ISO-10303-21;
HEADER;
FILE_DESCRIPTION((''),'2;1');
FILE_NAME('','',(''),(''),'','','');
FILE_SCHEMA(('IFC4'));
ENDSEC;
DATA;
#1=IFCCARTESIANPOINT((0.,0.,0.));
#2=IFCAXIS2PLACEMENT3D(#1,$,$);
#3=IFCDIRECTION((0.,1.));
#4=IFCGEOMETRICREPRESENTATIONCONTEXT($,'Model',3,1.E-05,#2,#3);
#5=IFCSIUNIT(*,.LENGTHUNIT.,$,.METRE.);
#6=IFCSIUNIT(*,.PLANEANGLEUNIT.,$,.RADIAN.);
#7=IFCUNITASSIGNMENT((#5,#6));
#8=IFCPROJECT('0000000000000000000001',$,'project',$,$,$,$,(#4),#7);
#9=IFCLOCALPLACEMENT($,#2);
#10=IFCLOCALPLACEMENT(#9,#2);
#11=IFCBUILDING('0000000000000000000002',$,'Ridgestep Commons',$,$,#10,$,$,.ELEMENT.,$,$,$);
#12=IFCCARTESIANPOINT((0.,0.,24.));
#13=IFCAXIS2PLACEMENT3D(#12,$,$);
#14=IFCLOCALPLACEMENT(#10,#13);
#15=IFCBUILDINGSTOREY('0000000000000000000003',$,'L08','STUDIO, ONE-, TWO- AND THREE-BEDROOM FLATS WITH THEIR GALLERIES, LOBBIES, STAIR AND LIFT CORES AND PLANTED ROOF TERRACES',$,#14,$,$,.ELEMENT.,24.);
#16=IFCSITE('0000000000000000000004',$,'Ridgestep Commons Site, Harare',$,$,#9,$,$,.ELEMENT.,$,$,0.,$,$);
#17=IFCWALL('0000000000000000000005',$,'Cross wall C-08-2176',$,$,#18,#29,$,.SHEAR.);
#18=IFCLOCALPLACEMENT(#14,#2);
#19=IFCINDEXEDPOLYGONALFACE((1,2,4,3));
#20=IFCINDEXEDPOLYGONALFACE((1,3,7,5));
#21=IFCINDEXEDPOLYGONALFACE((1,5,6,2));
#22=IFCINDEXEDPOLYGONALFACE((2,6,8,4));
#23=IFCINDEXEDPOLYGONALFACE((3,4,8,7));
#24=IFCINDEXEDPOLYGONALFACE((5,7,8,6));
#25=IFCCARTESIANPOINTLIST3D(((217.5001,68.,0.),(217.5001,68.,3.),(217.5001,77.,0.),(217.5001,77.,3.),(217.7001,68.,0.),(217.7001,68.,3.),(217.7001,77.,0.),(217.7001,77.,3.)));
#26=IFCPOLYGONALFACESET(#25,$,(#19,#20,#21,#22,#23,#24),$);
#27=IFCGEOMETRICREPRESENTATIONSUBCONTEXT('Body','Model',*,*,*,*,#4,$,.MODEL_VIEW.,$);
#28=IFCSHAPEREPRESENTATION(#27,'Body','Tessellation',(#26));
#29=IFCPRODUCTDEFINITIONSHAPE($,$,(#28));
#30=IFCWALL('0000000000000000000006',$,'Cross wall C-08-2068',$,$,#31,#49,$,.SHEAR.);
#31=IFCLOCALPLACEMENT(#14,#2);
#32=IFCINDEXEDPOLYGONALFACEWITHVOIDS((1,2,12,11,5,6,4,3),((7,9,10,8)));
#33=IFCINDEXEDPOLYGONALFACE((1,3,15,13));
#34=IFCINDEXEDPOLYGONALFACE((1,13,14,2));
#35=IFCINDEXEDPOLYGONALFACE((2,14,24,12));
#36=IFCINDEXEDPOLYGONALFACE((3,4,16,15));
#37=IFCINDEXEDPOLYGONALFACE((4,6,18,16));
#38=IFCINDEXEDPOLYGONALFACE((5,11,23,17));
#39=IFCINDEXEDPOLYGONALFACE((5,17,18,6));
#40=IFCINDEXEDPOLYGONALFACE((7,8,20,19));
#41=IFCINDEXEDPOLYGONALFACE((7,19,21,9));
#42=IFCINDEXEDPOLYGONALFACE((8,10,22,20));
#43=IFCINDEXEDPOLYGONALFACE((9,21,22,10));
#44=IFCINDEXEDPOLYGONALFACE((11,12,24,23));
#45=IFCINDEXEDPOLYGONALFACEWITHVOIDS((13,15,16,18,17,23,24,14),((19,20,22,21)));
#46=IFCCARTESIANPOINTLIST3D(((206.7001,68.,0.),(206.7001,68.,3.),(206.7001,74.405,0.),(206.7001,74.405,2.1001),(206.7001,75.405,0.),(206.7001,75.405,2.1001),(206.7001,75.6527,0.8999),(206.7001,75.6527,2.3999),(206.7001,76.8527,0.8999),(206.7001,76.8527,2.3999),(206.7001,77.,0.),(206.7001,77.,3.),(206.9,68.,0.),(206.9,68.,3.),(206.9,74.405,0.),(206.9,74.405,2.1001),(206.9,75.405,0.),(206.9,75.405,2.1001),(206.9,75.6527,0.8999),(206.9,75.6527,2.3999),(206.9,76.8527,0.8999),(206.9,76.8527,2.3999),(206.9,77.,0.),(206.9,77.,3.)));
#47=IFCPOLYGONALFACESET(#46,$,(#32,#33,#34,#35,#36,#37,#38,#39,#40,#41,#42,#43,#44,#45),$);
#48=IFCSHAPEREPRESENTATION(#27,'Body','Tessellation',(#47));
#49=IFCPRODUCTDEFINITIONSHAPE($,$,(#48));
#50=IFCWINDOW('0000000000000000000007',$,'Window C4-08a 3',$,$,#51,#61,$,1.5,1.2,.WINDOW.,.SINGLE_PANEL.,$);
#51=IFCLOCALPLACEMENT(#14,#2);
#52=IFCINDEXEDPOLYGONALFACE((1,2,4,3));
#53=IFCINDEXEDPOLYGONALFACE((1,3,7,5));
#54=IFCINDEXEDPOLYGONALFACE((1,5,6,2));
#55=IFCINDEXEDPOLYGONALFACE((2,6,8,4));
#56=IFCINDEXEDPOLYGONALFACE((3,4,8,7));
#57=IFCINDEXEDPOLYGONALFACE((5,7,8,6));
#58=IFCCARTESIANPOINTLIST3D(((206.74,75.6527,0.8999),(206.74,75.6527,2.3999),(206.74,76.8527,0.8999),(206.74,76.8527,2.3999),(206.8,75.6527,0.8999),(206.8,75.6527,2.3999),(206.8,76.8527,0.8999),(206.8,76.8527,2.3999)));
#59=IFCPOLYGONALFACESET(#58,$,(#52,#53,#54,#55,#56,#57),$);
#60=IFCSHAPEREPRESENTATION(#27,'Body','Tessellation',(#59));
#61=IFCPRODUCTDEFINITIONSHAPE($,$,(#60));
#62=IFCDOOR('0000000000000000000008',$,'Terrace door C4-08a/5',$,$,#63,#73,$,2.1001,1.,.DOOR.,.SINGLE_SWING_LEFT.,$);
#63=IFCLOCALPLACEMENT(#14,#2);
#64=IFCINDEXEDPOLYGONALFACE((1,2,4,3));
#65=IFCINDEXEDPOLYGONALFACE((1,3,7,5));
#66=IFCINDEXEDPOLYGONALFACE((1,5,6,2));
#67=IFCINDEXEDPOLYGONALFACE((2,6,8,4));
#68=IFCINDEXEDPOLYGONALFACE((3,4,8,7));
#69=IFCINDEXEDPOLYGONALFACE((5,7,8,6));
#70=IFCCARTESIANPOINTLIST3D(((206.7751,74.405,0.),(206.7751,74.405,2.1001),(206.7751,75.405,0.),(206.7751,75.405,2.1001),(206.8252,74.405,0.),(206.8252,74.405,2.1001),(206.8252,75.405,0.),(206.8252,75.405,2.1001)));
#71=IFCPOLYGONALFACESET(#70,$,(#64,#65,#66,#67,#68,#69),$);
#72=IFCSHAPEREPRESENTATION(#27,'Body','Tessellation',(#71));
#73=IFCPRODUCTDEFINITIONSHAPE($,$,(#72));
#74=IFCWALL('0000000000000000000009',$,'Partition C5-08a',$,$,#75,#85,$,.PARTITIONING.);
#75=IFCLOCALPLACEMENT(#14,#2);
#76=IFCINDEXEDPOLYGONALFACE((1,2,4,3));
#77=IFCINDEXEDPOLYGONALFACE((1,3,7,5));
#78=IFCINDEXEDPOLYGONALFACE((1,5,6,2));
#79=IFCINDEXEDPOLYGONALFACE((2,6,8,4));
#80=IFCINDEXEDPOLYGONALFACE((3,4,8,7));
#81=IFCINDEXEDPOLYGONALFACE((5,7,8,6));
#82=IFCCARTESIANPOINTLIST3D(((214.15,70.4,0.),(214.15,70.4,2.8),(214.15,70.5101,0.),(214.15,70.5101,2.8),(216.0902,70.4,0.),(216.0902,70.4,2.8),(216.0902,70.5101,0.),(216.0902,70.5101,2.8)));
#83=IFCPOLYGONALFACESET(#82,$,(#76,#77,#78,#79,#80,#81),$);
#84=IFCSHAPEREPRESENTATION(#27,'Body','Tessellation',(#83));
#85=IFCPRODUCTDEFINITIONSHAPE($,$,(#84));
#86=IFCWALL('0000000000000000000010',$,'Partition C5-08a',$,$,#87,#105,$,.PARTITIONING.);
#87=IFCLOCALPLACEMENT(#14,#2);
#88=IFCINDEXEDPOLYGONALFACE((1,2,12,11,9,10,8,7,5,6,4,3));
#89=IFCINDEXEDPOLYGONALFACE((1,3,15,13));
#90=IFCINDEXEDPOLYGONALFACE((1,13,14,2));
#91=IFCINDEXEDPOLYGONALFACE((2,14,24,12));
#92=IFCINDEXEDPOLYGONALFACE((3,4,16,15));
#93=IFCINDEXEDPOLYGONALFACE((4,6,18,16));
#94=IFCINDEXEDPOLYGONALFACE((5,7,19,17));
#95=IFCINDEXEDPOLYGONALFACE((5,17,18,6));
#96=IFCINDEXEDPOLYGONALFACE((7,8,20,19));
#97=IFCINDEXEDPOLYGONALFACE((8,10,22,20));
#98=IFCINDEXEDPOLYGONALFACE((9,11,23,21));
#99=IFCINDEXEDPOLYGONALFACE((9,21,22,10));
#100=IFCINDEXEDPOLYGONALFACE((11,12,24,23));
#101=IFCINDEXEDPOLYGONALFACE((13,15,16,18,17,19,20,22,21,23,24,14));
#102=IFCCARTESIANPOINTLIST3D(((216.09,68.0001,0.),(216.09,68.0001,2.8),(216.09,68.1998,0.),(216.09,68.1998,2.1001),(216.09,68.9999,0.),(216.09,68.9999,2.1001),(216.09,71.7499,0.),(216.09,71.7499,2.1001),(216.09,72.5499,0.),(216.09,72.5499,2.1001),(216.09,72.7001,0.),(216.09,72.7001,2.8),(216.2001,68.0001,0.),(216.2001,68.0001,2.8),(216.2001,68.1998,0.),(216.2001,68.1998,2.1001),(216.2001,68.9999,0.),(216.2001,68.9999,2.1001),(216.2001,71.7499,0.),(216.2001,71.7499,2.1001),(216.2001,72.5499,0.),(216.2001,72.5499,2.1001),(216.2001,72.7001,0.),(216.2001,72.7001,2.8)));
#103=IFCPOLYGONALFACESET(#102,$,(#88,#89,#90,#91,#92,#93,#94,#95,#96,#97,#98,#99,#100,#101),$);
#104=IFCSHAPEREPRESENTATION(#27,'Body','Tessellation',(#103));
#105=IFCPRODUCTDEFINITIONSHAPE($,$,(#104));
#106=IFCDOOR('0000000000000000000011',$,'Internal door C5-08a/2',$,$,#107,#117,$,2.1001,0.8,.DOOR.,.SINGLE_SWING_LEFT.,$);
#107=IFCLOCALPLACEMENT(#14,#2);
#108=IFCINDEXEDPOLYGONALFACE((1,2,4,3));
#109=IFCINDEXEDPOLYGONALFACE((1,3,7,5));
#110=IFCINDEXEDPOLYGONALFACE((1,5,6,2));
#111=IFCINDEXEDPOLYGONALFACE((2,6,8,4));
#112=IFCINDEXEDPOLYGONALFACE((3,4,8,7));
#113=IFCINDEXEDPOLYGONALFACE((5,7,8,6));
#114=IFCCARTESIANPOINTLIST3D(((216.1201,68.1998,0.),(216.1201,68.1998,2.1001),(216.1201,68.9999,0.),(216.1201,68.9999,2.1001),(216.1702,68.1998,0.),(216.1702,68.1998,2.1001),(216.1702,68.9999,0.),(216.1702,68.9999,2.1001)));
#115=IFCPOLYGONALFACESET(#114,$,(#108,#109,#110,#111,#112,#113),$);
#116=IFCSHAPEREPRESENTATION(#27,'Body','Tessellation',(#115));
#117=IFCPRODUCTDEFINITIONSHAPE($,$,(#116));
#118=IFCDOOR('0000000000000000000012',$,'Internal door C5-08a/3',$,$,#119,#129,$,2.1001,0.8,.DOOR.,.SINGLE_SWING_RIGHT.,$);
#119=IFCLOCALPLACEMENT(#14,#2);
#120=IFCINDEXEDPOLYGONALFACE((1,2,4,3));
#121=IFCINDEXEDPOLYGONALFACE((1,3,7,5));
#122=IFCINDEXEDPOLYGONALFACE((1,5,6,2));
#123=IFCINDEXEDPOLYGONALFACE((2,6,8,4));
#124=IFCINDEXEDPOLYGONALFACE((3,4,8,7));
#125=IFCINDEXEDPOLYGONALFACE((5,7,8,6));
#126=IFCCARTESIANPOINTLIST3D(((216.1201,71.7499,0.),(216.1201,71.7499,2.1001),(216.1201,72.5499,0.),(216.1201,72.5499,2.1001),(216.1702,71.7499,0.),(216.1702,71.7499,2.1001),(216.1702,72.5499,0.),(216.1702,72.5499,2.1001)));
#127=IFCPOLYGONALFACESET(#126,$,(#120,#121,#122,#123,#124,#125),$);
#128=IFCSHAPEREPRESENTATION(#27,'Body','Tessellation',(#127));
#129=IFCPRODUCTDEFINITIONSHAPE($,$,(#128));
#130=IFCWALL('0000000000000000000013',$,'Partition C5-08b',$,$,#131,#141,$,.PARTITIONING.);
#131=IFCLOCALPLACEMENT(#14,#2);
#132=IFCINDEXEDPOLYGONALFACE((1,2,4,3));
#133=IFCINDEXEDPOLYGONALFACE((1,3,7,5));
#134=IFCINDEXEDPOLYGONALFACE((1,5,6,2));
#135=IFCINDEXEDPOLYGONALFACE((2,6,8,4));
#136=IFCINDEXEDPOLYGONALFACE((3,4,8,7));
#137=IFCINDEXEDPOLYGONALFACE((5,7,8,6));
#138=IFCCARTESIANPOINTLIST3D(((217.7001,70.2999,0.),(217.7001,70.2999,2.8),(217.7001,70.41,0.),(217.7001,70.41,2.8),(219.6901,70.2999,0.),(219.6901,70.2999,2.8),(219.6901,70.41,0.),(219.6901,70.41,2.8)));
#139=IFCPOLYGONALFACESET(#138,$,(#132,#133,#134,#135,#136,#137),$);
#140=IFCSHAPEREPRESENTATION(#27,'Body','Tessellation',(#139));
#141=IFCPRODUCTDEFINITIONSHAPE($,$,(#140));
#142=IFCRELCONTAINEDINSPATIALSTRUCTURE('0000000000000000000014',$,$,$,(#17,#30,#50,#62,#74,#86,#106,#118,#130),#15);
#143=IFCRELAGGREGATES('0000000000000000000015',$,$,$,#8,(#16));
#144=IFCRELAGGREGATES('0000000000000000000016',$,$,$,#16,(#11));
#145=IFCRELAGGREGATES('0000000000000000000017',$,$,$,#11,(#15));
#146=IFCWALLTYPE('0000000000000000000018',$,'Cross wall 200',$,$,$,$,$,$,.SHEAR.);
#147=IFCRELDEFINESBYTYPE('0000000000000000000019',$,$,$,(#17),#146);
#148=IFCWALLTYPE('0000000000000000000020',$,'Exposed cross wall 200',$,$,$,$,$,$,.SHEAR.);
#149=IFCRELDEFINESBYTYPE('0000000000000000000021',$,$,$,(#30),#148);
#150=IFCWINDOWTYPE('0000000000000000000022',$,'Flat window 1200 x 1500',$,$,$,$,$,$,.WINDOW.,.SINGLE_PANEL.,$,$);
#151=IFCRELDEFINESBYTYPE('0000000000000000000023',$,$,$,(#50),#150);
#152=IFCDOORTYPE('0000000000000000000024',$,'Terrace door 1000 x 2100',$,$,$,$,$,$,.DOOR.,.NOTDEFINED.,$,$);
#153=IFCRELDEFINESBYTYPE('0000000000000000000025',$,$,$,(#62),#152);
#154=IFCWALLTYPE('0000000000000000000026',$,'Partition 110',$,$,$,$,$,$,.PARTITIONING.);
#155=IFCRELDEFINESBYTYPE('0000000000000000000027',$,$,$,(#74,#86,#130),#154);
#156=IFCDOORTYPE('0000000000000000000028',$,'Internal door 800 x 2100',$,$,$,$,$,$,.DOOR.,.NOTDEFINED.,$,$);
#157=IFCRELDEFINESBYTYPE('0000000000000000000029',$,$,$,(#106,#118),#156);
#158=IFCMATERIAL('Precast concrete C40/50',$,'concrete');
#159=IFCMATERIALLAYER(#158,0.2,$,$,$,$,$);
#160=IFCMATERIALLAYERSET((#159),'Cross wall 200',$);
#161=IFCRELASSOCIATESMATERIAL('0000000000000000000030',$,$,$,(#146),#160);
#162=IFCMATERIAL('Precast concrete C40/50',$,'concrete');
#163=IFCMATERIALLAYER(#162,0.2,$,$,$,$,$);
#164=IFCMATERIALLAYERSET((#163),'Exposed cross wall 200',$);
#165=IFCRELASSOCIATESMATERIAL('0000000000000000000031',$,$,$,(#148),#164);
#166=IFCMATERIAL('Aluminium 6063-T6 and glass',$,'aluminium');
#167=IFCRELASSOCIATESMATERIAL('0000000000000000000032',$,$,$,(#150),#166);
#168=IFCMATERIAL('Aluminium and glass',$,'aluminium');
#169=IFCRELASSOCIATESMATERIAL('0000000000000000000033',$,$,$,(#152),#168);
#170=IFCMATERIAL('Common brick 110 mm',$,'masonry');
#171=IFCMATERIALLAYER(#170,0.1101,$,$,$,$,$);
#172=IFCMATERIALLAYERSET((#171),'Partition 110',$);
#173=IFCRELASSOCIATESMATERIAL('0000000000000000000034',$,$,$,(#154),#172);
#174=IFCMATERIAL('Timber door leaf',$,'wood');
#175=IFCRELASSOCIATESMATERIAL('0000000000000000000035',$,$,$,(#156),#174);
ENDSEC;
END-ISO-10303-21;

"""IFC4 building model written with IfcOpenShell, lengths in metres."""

from ifc_helpers import new_model, si_unit, direction, frame, frame_2d, origin, place, context, subcontext, project, spatial, rectangle, extrude, material, layer, layer_set, type_object, element, fill, save


model = new_model("IFC4")

# Units and contexts
model_context = context("Model", 3, precision=1e-05, world=origin(), true_north=direction((0.0, 1.0)))
body_context = subcontext(model_context, "Body", "Model", "MODEL_VIEW")
ifc_project = project(units=[si_unit("LENGTHUNIT", "METRE"), si_unit("PLANEANGLEUNIT", "RADIAN")], contexts=[model_context])

# Site, building, storey
site_placement = place(None, origin())
site = spatial("IfcSite", under=ifc_project, at=site_placement, Name="Ridgestep Commons Site, Harare", CompositionType="ELEMENT", RefElevation=0.0)
building_placement = place(site_placement, origin())
building = spatial("IfcBuilding", under=site, at=building_placement, Name="Ridgestep Commons", CompositionType="ELEMENT")
storey_placement = place(building_placement, frame((0.0, 0.0, 24.0)))
storey = spatial("IfcBuildingStorey", under=building, at=storey_placement, Name="L08", Description="STUDIO, ONE-, TWO- AND THREE-BEDROOM FLATS WITH THEIR GALLERIES, LOBBIES, STAIR AND LIFT CORES AND PLANTED ROOF TERRACES", CompositionType="ELEMENT", Elevation=24.0)

# Wall
ifc_material_1 = material(Name="Precast concrete C40/50", Category="concrete")
ifc_layer_1 = layer(ifc_material_1, 0.2)
ifc_layer_set_1 = layer_set([ifc_layer_1], Name="Cross wall 200")
wall_type_1 = type_object("IfcWallType", Name="Cross wall 200", PredefinedType="SHEAR", material=ifc_layer_set_1)
wall_1_placement = place(storey_placement, frame((217.6001, 68.0, 0.0), z_axis=(0.0, 0.0, 1.0), x_axis=(0.0, 1.0, 0.0)))
element("IfcWall", 1, at=wall_1_placement, inside=storey, type_object=wall_type_1, Name="Cross wall C-08-2176", PredefinedType="SHEAR", context=body_context, shape_type="SweptSolid", body=[
    extrude(rectangle(XDim=9.0, YDim=0.2, at=frame_2d((4.5, 0.0))), origin(), (0.0, 0.0, 1.0), 3.0),
])

# Wall, openings, window, door
ifc_material_2 = material(Name="Precast concrete C40/50", Category="concrete")
ifc_layer_2 = layer(ifc_material_2, 0.2)
ifc_layer_set_2 = layer_set([ifc_layer_2], Name="Exposed cross wall 200")
wall_type_2 = type_object("IfcWallType", Name="Exposed cross wall 200", PredefinedType="SHEAR", material=ifc_layer_set_2)
wall_2_placement = place(storey_placement, frame((206.8, 68.0, 0.0), z_axis=(0.0, 0.0, 1.0), x_axis=(0.0, 1.0, 0.0)))
wall_2 = element("IfcWall", 2, at=wall_2_placement, inside=storey, type_object=wall_type_2, Name="Cross wall C-08-2068", PredefinedType="SHEAR", context=body_context, shape_type="SweptSolid", body=[
    extrude(rectangle(XDim=9.0, YDim=0.2, at=frame_2d((4.5, 0.0))), origin(), (0.0, 0.0, 1.0), 3.0),
])
opening_1_placement = place(wall_2_placement, frame((7.6526, 0.0, 0.8999)))
opening_1 = element("IfcOpeningElement", 3, at=opening_1_placement, cuts=wall_2, PredefinedType="OPENING", context=body_context, shape_type="SweptSolid", body=[
    extrude(rectangle(XDim=1.2, YDim=1.5, at=frame_2d((0.6001, 0.75))), frame((0.0, 0.1099, 0.0), z_axis=(0.0, -1.0, 0.0), x_axis=(1.0, 0.0, 0.0)), (0.0, 0.0, 1.0), 0.22),
])
opening_2_placement = place(wall_2_placement, frame((6.405, 0.0, 0.0)))
opening_2 = element("IfcOpeningElement", 4, at=opening_2_placement, cuts=wall_2, PredefinedType="OPENING", context=body_context, shape_type="SweptSolid", body=[
    extrude(rectangle(XDim=1.0, YDim=2.1001, at=frame_2d((0.5, 1.05))), frame((0.0, 0.1099, 0.0), z_axis=(0.0, -1.0, 0.0), x_axis=(1.0, 0.0, 0.0)), (0.0, 0.0, 1.0), 0.22),
])
ifc_material_3 = material(Name="Aluminium 6063-T6 and glass", Category="aluminium")
window_type_1 = type_object("IfcWindowType", Name="Flat window 1200 x 1500", PartitioningType="SINGLE_PANEL", PredefinedType="WINDOW", material=ifc_material_3)
window_1_placement = place(opening_1_placement, origin())
window_1 = element("IfcWindow", 5, at=window_1_placement, inside=storey, type_object=window_type_1, Name="Window C4-08a 3", OverallHeight=1.5, OverallWidth=1.2, PartitioningType="SINGLE_PANEL", PredefinedType="WINDOW", context=body_context, shape_type="SweptSolid", body=[
    extrude(rectangle(XDim=1.2, YDim=1.5, at=frame_2d((0.6001, 0.75))), frame((0.0, 0.0601, 0.0), z_axis=(0.0, -1.0, 0.0), x_axis=(1.0, 0.0, 0.0)), (0.0, 0.0, 1.0), 0.0601),
])
fill(opening_1, window_1)
ifc_material_4 = material(Name="Aluminium and glass", Category="aluminium")
door_type_1 = type_object("IfcDoorType", Name="Terrace door 1000 x 2100", OperationType="NOTDEFINED", PredefinedType="DOOR", material=ifc_material_4)
door_1_placement = place(opening_2_placement, origin())
door_1 = element("IfcDoor", 6, at=door_1_placement, inside=storey, type_object=door_type_1, Name="Terrace door C4-08a/5", OperationType="SINGLE_SWING_LEFT", OverallHeight=2.1001, OverallWidth=1.0, PredefinedType="DOOR", context=body_context, shape_type="SweptSolid", body=[
    extrude(rectangle(XDim=1.0, YDim=2.1001, at=frame_2d((0.5, 1.05))), frame((0.0, 0.0249, 0.0), z_axis=(0.0, -1.0, 0.0), x_axis=(1.0, 0.0, 0.0)), (0.0, 0.0, 1.0), 0.05),
])
fill(opening_2, door_1)

# Wall
ifc_material_5 = material(Name="Common brick 110 mm", Category="masonry")
ifc_layer_3 = layer(ifc_material_5, 0.1101)
ifc_layer_set_3 = layer_set([ifc_layer_3], Name="Partition 110")
wall_type_3 = type_object("IfcWallType", Name="Partition 110", PredefinedType="PARTITIONING", material=ifc_layer_set_3)
wall_3_placement = place(storey_placement, frame((214.1499, 70.4551, 0.0), z_axis=(0.0, 0.0, 1.0), x_axis=(1.0, 0.0, 0.0)))
element("IfcWall", 7, at=wall_3_placement, inside=storey, type_object=wall_type_3, Name="Partition C5-08a", PredefinedType="PARTITIONING", context=body_context, shape_type="SweptSolid", body=[
    extrude(rectangle(XDim=1.9402, YDim=0.1101, at=frame_2d((0.9702, 0.0))), origin(), (0.0, 0.0, 1.0), 2.8),
])

# Wall, openings, doors
wall_4_placement = place(storey_placement, frame((216.145, 68.0, 0.0), z_axis=(0.0, 0.0, 1.0), x_axis=(0.0, 1.0, 0.0)))
wall_4 = element("IfcWall", 8, at=wall_4_placement, inside=storey, type_object=wall_type_3, Name="Partition C5-08a", PredefinedType="PARTITIONING", context=body_context, shape_type="SweptSolid", body=[
    extrude(rectangle(XDim=4.7, YDim=0.1101, at=frame_2d((2.3501, 0.0))), origin(), (0.0, 0.0, 1.0), 2.8),
])
opening_3_placement = place(wall_4_placement, frame((0.2, 0.0, 0.0)))
opening_3 = element("IfcOpeningElement", 9, at=opening_3_placement, cuts=wall_4, PredefinedType="OPENING", context=body_context, shape_type="SweptSolid", body=[
    extrude(rectangle(XDim=0.8, YDim=2.1001, at=frame_2d((0.3999, 1.05))), frame((0.0, 0.0649, 0.0), z_axis=(0.0, -1.0, 0.0), x_axis=(1.0, 0.0, 0.0)), (0.0, 0.0, 1.0), 0.1301),
])
opening_4_placement = place(wall_4_placement, frame((3.75, 0.0, 0.0)))
opening_4 = element("IfcOpeningElement", 10, at=opening_4_placement, cuts=wall_4, PredefinedType="OPENING", context=body_context, shape_type="SweptSolid", body=[
    extrude(rectangle(XDim=0.8, YDim=2.1001, at=frame_2d((0.3999, 1.05))), frame((0.0, 0.0649, 0.0), z_axis=(0.0, -1.0, 0.0), x_axis=(1.0, 0.0, 0.0)), (0.0, 0.0, 1.0), 0.1301),
])
ifc_material_6 = material(Name="Timber door leaf", Category="wood")
door_type_2 = type_object("IfcDoorType", Name="Internal door 800 x 2100", OperationType="NOTDEFINED", PredefinedType="DOOR", material=ifc_material_6)
door_2_placement = place(opening_3_placement, origin())
door_2 = element("IfcDoor", 11, at=door_2_placement, inside=storey, type_object=door_type_2, Name="Internal door C5-08a/2", OperationType="SINGLE_SWING_LEFT", OverallHeight=2.1001, OverallWidth=0.8, PredefinedType="DOOR", context=body_context, shape_type="SweptSolid", body=[
    extrude(rectangle(XDim=0.8, YDim=2.1001, at=frame_2d((0.3999, 1.05))), frame((0.0, 0.0249, 0.0), z_axis=(0.0, -1.0, 0.0), x_axis=(1.0, 0.0, 0.0)), (0.0, 0.0, 1.0), 0.05),
])
fill(opening_3, door_2)
door_3_placement = place(opening_4_placement, origin())
door_3 = element("IfcDoor", 12, at=door_3_placement, inside=storey, type_object=door_type_2, Name="Internal door C5-08a/3", OperationType="SINGLE_SWING_RIGHT", OverallHeight=2.1001, OverallWidth=0.8, PredefinedType="DOOR", context=body_context, shape_type="SweptSolid", body=[
    extrude(rectangle(XDim=0.8, YDim=2.1001, at=frame_2d((0.3999, 1.05))), frame((0.0, 0.0249, 0.0), z_axis=(0.0, -1.0, 0.0), x_axis=(1.0, 0.0, 0.0)), (0.0, 0.0, 1.0), 0.05),
])
fill(opening_4, door_3)

# Wall
wall_5_placement = place(storey_placement, frame((217.7, 70.355, 0.0), z_axis=(0.0, 0.0, 1.0), x_axis=(1.0, 0.0, 0.0)))
element("IfcWall", 13, at=wall_5_placement, inside=storey, type_object=wall_type_3, Name="Partition C5-08b", PredefinedType="PARTITIONING", context=body_context, shape_type="SweptSolid", body=[
    extrude(rectangle(XDim=1.99, YDim=0.1101, at=frame_2d((0.9951, 0.0))), origin(), (0.0, 0.0, 1.0), 2.8),
])

save(model, "model.ifc")
